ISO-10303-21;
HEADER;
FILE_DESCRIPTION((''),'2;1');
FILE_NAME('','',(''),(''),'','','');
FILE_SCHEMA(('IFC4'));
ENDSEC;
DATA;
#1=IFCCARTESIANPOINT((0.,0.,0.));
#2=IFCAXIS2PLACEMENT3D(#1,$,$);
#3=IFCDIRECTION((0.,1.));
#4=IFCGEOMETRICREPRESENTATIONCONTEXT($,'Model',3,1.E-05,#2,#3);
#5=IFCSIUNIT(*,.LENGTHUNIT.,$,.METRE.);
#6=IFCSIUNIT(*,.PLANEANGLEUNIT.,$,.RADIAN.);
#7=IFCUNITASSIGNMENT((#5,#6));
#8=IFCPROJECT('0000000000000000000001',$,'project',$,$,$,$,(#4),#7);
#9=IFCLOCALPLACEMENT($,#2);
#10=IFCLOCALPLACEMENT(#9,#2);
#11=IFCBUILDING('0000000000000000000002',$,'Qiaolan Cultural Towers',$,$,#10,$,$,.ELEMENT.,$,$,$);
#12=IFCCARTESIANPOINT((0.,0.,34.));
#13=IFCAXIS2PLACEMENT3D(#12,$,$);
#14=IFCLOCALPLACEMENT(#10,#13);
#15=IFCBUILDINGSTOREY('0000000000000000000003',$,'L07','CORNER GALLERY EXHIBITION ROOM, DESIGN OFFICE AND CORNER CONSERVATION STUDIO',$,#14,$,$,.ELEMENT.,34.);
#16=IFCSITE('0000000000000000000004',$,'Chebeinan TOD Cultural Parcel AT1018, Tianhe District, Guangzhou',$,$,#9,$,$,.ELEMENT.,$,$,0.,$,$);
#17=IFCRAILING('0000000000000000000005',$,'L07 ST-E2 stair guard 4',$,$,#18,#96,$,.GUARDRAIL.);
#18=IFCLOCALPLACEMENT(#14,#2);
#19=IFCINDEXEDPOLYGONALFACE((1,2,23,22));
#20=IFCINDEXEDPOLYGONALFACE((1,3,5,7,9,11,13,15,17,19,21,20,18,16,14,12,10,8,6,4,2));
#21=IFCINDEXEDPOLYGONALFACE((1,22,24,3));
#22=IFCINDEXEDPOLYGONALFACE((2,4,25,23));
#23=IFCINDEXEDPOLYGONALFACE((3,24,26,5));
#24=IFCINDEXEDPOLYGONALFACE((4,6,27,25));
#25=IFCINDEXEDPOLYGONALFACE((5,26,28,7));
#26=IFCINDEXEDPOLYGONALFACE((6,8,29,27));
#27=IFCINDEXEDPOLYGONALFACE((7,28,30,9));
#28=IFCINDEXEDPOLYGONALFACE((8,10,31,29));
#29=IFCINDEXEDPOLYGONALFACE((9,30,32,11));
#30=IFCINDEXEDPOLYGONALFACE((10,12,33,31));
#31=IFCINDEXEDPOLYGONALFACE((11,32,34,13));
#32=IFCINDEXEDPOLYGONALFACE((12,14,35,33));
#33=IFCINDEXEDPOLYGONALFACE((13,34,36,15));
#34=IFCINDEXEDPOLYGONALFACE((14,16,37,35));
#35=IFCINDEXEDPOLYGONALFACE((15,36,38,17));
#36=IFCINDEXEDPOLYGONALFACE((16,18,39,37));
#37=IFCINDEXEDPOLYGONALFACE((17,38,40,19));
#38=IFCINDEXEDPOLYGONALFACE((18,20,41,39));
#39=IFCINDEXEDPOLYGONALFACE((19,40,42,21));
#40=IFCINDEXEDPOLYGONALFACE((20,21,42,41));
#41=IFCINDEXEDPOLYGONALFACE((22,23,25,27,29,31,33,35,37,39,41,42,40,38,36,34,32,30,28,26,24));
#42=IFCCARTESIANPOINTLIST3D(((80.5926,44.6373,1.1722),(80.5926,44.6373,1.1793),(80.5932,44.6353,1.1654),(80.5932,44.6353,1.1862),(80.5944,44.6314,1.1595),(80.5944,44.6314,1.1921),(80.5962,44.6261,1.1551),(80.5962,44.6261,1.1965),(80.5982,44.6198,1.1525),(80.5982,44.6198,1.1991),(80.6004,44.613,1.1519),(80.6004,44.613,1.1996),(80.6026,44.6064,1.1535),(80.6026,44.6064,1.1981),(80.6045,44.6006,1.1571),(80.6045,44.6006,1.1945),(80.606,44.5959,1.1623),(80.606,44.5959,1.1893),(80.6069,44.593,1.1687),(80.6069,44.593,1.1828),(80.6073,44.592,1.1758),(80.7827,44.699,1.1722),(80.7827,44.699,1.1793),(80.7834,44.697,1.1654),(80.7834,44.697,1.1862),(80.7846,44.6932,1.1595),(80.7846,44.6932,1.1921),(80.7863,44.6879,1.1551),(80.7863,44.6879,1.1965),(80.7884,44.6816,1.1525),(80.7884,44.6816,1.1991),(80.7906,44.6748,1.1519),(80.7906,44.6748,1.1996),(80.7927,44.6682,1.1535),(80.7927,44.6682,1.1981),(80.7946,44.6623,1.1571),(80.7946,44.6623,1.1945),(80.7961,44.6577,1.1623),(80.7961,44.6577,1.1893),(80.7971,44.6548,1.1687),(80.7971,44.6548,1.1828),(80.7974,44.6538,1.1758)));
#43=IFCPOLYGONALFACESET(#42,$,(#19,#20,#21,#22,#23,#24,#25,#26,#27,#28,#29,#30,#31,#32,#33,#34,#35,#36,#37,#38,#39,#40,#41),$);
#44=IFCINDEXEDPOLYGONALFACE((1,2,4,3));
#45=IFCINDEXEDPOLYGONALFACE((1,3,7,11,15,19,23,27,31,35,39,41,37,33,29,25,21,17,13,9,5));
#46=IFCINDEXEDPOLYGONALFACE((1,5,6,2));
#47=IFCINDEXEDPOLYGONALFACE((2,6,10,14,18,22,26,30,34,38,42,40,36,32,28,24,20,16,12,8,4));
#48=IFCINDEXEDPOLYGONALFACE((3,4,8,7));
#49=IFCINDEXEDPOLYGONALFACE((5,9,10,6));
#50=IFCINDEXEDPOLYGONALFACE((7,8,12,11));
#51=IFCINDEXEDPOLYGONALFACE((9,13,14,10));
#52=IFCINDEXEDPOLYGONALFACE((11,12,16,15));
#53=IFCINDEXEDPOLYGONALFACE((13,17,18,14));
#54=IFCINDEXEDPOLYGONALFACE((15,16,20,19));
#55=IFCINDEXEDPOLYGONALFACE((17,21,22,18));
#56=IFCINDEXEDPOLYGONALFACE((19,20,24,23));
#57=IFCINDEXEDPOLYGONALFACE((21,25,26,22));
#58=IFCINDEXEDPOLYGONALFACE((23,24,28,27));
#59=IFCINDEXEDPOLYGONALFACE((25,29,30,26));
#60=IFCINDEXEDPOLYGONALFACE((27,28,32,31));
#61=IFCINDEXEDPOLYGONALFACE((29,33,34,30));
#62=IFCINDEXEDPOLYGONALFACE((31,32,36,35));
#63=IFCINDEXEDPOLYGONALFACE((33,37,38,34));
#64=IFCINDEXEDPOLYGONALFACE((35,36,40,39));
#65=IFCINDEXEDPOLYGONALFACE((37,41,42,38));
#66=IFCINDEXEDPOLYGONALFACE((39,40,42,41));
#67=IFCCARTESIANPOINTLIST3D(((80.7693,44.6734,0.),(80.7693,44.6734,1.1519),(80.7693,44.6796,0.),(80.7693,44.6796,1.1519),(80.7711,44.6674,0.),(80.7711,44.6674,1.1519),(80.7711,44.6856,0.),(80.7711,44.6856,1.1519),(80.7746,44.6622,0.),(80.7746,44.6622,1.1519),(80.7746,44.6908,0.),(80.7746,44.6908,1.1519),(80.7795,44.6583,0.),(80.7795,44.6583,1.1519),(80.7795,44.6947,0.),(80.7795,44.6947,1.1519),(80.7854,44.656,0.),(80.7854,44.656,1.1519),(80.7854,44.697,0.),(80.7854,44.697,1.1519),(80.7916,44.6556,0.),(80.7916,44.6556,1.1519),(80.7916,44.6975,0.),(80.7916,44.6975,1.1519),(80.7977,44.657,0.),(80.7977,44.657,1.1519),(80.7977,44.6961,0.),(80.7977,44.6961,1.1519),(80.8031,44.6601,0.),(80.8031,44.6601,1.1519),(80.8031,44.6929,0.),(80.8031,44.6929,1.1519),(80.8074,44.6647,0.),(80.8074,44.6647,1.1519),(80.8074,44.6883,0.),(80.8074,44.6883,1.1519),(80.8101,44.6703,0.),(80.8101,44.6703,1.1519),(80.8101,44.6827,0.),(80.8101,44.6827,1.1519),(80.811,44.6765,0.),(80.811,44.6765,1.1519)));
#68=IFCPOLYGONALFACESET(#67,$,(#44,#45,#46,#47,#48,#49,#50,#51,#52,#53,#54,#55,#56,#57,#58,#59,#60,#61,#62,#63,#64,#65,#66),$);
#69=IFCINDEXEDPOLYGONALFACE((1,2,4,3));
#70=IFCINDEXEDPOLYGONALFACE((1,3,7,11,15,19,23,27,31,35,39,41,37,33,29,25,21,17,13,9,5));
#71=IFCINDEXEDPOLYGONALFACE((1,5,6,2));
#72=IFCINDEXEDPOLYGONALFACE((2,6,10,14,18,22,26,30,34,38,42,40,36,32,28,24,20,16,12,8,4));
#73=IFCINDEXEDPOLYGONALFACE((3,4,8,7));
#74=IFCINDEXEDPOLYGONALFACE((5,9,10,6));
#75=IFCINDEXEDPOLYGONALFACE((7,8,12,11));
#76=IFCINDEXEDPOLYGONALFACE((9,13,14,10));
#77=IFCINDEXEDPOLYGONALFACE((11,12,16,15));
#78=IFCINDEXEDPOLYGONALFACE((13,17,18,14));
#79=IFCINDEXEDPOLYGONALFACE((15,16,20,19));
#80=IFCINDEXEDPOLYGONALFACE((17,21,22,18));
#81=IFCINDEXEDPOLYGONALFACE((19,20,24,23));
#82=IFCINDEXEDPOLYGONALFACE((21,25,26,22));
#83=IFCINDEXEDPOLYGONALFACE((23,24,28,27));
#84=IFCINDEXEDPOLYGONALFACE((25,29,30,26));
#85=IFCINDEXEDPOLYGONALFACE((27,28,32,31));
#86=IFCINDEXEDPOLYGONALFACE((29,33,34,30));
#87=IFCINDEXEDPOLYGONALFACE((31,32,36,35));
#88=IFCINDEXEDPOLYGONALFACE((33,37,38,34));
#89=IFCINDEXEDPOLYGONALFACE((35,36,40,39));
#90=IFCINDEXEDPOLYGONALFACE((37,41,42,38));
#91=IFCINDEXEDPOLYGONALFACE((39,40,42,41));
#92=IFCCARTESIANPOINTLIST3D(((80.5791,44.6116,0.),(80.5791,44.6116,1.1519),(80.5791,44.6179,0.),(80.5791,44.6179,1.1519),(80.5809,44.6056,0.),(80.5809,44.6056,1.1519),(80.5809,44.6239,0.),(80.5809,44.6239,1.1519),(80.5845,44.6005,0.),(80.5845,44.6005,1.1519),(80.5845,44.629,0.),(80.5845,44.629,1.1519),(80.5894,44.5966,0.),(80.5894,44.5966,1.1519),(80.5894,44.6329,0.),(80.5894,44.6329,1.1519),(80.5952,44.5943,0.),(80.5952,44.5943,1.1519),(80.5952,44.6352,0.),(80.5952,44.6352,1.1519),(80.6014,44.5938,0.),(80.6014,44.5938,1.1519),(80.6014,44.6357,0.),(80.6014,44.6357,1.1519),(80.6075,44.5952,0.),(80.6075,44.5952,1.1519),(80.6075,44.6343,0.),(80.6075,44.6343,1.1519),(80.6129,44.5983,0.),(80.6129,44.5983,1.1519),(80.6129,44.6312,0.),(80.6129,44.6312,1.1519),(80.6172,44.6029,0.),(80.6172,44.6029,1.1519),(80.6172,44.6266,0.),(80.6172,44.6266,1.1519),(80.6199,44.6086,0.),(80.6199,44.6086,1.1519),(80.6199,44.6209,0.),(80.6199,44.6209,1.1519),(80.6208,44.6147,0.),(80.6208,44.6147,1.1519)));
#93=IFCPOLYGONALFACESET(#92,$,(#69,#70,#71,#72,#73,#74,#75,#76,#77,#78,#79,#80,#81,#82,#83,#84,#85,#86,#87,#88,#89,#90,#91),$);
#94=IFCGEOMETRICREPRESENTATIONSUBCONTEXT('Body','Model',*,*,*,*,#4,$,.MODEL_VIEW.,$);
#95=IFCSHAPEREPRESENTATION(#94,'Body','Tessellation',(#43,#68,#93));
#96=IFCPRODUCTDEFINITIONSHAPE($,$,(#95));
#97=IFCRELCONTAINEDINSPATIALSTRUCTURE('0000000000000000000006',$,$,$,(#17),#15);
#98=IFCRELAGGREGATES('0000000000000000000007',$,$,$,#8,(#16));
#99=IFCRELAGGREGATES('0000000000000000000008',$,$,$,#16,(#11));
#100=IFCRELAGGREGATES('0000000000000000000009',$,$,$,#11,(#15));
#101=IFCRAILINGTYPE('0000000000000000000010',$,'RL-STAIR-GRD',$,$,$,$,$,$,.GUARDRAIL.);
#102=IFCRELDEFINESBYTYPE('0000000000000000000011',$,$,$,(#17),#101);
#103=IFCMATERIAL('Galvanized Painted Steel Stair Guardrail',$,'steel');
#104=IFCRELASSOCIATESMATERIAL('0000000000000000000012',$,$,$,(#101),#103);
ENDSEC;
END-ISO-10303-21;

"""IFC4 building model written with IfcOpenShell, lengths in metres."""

from ifc_helpers import new_model, si_unit, direction, frame, origin, origin_2d, place, context, subcontext, project, spatial, circle, extrude, material, type_object, element, save


model = new_model("IFC4")

# Units and contexts
model_context = context("Model", 3, precision=1e-05, world=origin(), true_north=direction((0.0, 1.0)))
body_context = subcontext(model_context, "Body", "Model", "MODEL_VIEW")
ifc_project = project(units=[si_unit("LENGTHUNIT", "METRE"), si_unit("PLANEANGLEUNIT", "RADIAN")], contexts=[model_context])

# Site, building, storey
site_placement = place(None, origin())
site = spatial("IfcSite", under=ifc_project, at=site_placement, Name="Chebeinan TOD Cultural Parcel AT1018, Tianhe District, Guangzhou", CompositionType="ELEMENT", RefElevation=0.0)
building_placement = place(site_placement, origin())
building = spatial("IfcBuilding", under=site, at=building_placement, Name="Qiaolan Cultural Towers", CompositionType="ELEMENT")
storey_placement = place(building_placement, frame((0.0, 0.0, 34.0)))
storey = spatial("IfcBuildingStorey", under=building, at=storey_placement, Name="L07", Description="CORNER GALLERY EXHIBITION ROOM, DESIGN OFFICE AND CORNER CONSERVATION STUDIO", CompositionType="ELEMENT", Elevation=34.0)

# Railing
ifc_material_1 = material(Name="Galvanized Painted Steel Stair Guardrail", Category="steel")
railing_type_1 = type_object("IfcRailingType", Name="RL-STAIR-GRD", PredefinedType="GUARDRAIL", material=ifc_material_1)
railing_1_placement = place(storey_placement, frame((80.79, 44.6765, 0.0)))
element("IfcRailing", 1, at=railing_1_placement, inside=storey, type_object=railing_type_1, Name="L07 ST-E2 stair guard 4", PredefinedType="GUARDRAIL", context=body_context, shape_type="SweptSolid", body=[
    extrude(circle(Radius=0.0239, at=origin_2d()), frame((0.0, 0.0, 1.1758), z_axis=(-0.951097, -0.308893, 0.0), x_axis=(0.308893, -0.951097, 0.0)), (0.0, 0.0, 1.0), 0.2),
    extrude(circle(Radius=0.021, at=origin_2d()), origin(), (0.0, 0.0, 1.0), 1.1519),
    extrude(circle(Radius=0.021, at=origin_2d()), frame((-0.1902, -0.0618, 0.0)), (0.0, 0.0, 1.0), 1.1519),
])

save(model, "model.ifc")
